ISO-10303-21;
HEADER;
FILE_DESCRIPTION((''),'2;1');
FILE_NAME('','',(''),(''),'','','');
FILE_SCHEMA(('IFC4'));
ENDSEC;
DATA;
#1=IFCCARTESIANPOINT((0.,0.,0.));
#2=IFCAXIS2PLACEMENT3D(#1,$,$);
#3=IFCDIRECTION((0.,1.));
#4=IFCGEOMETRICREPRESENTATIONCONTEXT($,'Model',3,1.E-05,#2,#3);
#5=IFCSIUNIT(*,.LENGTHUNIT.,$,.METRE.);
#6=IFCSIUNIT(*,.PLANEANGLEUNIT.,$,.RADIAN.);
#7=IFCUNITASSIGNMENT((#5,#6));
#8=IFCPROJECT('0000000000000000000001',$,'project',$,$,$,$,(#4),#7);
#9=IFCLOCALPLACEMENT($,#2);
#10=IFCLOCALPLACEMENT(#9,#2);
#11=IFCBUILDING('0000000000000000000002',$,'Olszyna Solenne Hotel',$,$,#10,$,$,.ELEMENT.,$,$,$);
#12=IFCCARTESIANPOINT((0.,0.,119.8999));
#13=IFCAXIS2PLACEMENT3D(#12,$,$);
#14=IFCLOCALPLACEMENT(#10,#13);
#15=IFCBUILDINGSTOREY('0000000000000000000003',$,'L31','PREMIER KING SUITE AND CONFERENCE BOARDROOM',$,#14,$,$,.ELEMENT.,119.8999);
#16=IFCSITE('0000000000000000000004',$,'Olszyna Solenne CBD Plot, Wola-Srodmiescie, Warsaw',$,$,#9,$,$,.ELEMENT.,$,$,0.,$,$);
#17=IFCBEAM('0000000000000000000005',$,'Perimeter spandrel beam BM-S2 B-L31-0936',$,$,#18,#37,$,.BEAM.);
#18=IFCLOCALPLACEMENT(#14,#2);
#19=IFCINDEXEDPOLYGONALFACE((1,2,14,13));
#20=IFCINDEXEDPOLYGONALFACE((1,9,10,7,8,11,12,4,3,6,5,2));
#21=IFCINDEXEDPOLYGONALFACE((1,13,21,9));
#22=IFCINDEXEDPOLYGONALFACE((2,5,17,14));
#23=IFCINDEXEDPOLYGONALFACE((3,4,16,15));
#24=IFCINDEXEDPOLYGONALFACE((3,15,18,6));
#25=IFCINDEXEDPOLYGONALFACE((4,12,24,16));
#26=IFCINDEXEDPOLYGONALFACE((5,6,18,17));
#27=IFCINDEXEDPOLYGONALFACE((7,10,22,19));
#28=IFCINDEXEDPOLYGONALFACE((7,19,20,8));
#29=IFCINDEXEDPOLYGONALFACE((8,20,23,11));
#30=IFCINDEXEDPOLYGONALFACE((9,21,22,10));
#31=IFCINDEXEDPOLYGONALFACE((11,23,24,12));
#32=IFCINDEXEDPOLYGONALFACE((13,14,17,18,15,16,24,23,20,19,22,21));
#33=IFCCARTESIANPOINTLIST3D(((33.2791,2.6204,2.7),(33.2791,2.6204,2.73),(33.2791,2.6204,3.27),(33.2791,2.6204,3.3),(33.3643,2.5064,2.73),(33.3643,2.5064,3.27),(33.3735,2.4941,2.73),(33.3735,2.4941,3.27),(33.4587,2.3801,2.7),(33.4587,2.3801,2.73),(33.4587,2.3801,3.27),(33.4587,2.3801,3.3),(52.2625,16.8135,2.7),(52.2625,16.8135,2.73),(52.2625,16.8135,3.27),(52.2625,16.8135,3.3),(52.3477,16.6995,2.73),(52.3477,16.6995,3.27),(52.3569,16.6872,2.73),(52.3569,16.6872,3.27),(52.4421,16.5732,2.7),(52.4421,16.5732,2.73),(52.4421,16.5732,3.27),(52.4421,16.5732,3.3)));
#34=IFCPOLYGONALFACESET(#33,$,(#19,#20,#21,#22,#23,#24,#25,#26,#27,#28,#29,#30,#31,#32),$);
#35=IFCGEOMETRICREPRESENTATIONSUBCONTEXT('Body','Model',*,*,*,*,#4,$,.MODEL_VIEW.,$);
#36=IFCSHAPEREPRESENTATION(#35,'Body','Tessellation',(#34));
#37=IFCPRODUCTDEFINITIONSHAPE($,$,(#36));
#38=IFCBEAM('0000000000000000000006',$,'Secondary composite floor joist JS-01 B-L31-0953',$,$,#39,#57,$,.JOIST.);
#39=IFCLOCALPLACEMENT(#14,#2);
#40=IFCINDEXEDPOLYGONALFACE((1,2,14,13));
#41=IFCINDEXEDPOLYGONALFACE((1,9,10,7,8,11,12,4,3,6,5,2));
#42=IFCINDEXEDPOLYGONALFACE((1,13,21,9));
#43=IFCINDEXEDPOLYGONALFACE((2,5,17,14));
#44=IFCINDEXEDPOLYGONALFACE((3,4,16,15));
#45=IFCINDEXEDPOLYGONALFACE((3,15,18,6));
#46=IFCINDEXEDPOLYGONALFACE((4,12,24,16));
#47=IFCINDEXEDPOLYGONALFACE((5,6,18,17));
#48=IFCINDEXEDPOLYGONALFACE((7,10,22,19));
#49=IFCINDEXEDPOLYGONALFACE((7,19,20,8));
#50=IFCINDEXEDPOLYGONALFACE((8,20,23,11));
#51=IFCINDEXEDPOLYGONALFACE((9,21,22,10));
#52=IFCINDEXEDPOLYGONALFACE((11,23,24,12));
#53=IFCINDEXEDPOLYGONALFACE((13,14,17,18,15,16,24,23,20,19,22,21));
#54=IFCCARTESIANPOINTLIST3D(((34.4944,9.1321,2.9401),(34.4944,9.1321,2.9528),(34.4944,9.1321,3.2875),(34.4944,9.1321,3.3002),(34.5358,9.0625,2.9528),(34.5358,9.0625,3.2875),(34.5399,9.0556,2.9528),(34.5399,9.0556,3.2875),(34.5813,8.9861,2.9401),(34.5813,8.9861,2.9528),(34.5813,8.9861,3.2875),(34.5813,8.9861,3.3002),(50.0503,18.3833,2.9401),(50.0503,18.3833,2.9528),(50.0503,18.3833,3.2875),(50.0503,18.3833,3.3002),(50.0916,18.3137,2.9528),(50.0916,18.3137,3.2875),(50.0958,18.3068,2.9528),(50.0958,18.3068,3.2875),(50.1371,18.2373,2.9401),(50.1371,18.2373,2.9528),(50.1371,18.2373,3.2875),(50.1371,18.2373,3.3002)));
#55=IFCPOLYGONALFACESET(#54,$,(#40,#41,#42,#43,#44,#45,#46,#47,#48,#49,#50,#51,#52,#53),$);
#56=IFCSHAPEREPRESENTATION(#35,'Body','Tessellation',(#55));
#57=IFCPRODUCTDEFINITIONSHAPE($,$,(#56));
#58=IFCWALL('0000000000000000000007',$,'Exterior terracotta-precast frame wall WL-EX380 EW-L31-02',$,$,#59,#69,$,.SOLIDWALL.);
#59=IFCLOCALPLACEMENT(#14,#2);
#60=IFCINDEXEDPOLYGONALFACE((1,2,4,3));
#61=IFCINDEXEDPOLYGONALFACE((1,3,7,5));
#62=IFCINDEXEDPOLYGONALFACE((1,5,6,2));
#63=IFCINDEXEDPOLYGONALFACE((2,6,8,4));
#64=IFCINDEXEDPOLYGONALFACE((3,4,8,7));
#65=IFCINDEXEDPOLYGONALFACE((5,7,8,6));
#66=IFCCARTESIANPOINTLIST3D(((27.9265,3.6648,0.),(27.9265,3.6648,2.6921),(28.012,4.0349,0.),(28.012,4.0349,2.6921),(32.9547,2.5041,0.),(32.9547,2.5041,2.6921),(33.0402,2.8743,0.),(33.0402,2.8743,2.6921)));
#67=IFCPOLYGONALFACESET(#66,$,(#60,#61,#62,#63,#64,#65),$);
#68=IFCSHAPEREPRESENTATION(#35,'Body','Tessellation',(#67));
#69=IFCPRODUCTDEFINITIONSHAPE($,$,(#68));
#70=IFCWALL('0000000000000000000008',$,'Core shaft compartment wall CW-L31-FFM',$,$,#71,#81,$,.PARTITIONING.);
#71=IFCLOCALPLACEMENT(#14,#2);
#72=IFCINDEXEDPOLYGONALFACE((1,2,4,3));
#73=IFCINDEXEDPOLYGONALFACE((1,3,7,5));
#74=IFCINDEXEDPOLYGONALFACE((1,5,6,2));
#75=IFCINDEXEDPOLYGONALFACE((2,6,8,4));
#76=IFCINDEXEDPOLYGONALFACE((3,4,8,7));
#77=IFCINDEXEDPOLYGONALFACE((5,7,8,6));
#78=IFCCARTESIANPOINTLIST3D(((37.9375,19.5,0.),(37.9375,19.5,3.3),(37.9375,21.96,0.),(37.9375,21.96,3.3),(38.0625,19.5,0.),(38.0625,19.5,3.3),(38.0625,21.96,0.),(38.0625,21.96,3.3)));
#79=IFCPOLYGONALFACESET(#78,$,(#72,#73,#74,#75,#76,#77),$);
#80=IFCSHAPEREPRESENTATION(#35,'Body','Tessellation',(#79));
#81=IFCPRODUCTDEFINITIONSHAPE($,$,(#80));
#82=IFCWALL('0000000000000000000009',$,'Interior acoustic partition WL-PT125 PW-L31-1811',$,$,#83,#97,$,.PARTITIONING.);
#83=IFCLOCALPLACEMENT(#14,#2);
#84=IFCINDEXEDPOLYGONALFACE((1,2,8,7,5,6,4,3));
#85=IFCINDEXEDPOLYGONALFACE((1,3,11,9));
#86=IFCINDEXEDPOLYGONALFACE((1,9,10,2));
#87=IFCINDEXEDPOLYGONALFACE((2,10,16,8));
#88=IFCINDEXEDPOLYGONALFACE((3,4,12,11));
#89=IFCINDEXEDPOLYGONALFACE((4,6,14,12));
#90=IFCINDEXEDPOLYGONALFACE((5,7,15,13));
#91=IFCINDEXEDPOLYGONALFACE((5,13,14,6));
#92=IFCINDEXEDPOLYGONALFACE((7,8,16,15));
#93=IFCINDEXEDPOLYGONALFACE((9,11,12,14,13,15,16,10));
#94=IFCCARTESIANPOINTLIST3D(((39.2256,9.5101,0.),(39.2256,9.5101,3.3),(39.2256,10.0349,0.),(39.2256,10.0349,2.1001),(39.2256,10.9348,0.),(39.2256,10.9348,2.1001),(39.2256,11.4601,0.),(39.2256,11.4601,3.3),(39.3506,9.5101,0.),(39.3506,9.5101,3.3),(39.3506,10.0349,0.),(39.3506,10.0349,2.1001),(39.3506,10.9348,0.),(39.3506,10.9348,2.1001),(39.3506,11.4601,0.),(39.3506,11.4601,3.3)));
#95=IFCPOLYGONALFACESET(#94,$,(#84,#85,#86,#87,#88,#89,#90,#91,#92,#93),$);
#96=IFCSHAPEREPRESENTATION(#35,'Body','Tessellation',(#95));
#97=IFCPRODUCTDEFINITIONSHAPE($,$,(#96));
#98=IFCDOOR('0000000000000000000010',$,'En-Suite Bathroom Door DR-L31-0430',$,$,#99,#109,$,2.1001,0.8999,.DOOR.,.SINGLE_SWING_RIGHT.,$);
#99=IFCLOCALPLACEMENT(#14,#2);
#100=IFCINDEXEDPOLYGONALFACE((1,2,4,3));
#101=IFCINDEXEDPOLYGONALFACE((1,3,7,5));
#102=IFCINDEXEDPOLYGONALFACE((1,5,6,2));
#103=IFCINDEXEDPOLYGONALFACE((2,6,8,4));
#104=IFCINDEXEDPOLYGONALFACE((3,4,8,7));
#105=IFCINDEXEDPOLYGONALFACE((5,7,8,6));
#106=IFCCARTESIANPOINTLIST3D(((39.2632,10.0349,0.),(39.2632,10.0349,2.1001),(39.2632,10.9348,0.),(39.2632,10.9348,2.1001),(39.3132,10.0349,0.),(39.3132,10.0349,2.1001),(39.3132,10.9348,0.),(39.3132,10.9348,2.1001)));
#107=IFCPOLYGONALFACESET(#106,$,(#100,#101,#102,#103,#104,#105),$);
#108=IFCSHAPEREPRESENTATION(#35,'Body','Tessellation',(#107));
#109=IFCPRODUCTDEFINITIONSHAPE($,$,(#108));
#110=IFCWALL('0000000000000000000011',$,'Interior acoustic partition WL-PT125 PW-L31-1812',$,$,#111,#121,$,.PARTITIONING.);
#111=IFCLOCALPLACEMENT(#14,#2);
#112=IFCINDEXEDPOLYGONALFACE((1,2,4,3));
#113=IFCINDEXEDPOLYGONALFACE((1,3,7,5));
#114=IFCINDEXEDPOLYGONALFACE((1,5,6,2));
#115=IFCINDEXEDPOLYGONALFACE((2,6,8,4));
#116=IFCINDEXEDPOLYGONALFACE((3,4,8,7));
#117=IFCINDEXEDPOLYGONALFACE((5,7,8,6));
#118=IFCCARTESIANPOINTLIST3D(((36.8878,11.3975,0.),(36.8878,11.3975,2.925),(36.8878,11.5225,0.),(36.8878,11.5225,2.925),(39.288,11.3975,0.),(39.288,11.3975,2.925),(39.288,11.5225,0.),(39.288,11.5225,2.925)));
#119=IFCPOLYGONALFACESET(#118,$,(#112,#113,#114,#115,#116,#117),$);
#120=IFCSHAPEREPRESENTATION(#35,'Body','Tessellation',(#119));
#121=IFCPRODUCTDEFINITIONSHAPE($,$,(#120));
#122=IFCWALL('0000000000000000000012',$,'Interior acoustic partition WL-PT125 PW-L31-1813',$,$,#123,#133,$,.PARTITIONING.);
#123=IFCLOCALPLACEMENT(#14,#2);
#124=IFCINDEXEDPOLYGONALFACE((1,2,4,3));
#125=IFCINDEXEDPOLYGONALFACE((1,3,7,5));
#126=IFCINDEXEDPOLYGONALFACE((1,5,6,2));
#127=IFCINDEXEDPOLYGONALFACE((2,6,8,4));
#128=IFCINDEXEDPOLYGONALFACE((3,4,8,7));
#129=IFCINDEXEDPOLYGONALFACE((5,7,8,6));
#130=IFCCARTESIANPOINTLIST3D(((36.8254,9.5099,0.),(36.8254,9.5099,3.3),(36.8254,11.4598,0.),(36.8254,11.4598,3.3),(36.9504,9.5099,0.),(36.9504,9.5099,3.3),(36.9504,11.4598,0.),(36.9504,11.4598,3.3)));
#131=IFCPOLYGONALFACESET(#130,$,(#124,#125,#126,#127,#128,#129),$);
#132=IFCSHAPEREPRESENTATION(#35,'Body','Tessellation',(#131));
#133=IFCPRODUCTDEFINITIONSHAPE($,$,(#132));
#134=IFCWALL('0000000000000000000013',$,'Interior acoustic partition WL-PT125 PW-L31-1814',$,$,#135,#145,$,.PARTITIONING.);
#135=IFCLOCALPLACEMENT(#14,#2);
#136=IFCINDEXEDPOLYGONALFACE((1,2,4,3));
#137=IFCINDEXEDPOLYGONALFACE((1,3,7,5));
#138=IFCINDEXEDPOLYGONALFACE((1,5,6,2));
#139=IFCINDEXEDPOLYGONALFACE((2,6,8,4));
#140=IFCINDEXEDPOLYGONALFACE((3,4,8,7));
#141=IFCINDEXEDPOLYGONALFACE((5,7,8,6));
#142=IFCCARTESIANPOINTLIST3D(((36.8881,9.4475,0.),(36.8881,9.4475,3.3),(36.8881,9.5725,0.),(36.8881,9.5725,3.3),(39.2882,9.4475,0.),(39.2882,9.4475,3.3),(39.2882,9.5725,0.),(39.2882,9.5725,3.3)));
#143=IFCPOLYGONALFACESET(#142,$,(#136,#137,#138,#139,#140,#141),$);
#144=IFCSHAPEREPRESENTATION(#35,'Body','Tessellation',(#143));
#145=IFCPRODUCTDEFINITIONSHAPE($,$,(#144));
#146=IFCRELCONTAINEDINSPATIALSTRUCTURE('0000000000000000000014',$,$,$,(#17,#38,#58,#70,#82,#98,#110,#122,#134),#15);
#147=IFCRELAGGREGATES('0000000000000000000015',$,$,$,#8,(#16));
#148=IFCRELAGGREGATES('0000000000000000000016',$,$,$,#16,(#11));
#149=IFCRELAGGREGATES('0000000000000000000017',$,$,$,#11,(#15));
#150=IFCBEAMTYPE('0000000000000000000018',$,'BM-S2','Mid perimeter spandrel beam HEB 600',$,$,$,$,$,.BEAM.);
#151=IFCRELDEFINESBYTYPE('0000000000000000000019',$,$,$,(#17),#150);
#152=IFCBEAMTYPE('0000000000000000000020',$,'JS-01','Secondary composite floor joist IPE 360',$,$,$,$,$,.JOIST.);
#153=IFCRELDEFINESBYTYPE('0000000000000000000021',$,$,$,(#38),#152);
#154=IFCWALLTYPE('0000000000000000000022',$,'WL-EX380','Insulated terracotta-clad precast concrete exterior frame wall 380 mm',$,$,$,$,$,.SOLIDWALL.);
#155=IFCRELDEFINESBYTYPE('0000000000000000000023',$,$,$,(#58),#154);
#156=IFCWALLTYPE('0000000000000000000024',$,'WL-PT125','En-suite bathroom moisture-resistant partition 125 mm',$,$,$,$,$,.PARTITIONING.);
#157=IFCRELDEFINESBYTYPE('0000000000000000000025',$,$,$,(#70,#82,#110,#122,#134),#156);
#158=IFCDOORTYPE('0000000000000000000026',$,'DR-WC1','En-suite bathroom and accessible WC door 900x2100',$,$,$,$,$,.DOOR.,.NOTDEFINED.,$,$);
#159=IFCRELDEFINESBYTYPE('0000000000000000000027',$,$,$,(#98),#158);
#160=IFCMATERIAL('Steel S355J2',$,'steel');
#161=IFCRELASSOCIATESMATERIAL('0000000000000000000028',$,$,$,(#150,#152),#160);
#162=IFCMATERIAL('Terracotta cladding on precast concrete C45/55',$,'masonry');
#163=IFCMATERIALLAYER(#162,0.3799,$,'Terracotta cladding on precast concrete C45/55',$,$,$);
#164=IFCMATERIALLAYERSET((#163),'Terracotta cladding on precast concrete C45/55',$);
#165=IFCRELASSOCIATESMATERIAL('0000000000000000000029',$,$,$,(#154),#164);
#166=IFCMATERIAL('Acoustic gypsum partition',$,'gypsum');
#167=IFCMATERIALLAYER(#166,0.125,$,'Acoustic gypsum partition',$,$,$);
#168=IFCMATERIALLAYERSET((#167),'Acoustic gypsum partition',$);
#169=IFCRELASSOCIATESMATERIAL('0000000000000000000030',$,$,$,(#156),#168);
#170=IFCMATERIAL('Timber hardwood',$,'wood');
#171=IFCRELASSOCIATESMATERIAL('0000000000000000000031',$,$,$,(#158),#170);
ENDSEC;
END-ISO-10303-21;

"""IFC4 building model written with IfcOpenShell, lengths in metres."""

from ifc_helpers import new_model, si_unit, direction, frame, frame_2d, origin, origin_2d, place, context, subcontext, project, spatial, rectangle, i_section, extrude, source, transform, mapped, material, layer, layer_set, material_profile, profile_set, type_object, type_shapes, element, fill, save


model = new_model("IFC4")

# Units and contexts
model_context = context("Model", 3, precision=1e-05, world=origin(), true_north=direction((0.0, 1.0)))
body_context = subcontext(model_context, "Body", "Model", "MODEL_VIEW")
ifc_project = project(units=[si_unit("LENGTHUNIT", "METRE"), si_unit("PLANEANGLEUNIT", "RADIAN")], contexts=[model_context])

# Site, building, storey
site_placement = place(None, origin())
site = spatial("IfcSite", under=ifc_project, at=site_placement, Name="Olszyna Solenne CBD Plot, Wola-Srodmiescie, Warsaw", CompositionType="ELEMENT", RefElevation=0.0)
building_placement = place(site_placement, origin())
building = spatial("IfcBuilding", under=site, at=building_placement, Name="Olszyna Solenne Hotel", CompositionType="ELEMENT")
storey_placement = place(building_placement, frame((0.0, 0.0, 119.8999)))
storey = spatial("IfcBuildingStorey", under=building, at=storey_placement, Name="L31", Description="PREMIER KING SUITE AND CONFERENCE BOARDROOM", CompositionType="ELEMENT", Elevation=119.8999)

# Beams
ifc_material_1 = material(Name="Steel S355J2", Category="steel")
ifc_material_profile_1 = material_profile(ifc_material_1, i_section(OverallWidth=0.3, OverallDepth=0.6001, WebThickness=0.0154, FlangeThickness=0.03, at=origin_2d()), Name="HEB 600", Category="load-bearing")
ifc_profile_set_1 = profile_set([ifc_material_profile_1], Name="Steel S355J2")
beam_type_1 = type_object("IfcBeamType", Name="BM-S2", Description="Mid perimeter spandrel beam HEB 600", PredefinedType="BEAM", material=ifc_profile_set_1)
shared_shape_1 = source(origin(), body_context, "Body", "SweptSolid", [
    extrude(i_section(OverallWidth=0.3, OverallDepth=0.6001, WebThickness=0.0154, FlangeThickness=0.03, at=origin_2d()), origin(), (0.0, 0.0, 1.0), 23.7026),
])
beam_1_placement = place(storey_placement, frame((33.3689, 2.5002, 3.0), z_axis=(0.800899, 0.5988, 0.0), x_axis=(-0.5988, 0.800899, 0.0)))
element("IfcBeam", 1, at=beam_1_placement, inside=storey, type_object=beam_type_1, Name="Perimeter spandrel beam BM-S2 B-L31-0936", PredefinedType="BEAM", context=body_context, shape_type="MappedRepresentation", body=[
    mapped(shared_shape_1, transform((0.0, 0.0, 0.0), x_axis=(1.0, 0.0, 0.0), y_axis=(0.0, 1.0, 0.0), z_axis=(0.0, 0.0, 1.0), scale=1.0)),
])
ifc_material_profile_2 = material_profile(ifc_material_1, i_section(OverallWidth=0.1699, OverallDepth=0.3601, WebThickness=0.0081, FlangeThickness=0.0127, at=origin_2d()), Name="IPE 360", Category="load-bearing")
ifc_profile_set_2 = profile_set([ifc_material_profile_2], Name="Steel S355J2")
beam_type_2 = type_object("IfcBeamType", Name="JS-01", Description="Secondary composite floor joist IPE 360", PredefinedType="JOIST", material=ifc_profile_set_2)
shared_shape_2 = source(origin(), body_context, "Body", "SweptSolid", [
    extrude(i_section(OverallWidth=0.1699, OverallDepth=0.3601, WebThickness=0.0081, FlangeThickness=0.0127, at=origin_2d()), origin(), (0.0, 0.0, 1.0), 18.0989),
])
beam_2_placement = place(storey_placement, frame((34.5378, 9.0591, 3.1201), z_axis=(0.859493, 0.511147, 0.0), x_axis=(-0.511147, 0.859493, 0.0)))
element("IfcBeam", 2, at=beam_2_placement, inside=storey, type_object=beam_type_2, Name="Secondary composite floor joist JS-01 B-L31-0953", PredefinedType="JOIST", context=body_context, shape_type="MappedRepresentation", body=[
    mapped(shared_shape_2, transform((0.0, 0.0, 0.0), x_axis=(1.0, 0.0, 0.0), y_axis=(0.0, 1.0, 0.0), z_axis=(0.0, 0.0, 1.0), scale=1.0)),
])

# Walls
ifc_material_2 = material(Name="Terracotta cladding on precast concrete C45/55", Category="masonry")
ifc_layer_1 = layer(ifc_material_2, 0.3799, Name="Terracotta cladding on precast concrete C45/55")
ifc_layer_set_1 = layer_set([ifc_layer_1], Name="Terracotta cladding on precast concrete C45/55")
wall_type_1 = type_object("IfcWallType", Name="WL-EX380", Description="Insulated terracotta-clad precast concrete exterior frame wall 380 mm", PredefinedType="SOLIDWALL", material=ifc_layer_set_1)
wall_1_placement = place(storey_placement, frame((32.9973, 2.6892, 0.0), z_axis=(0.0, 0.0, 1.0), x_axis=(-0.974378, 0.224918, 0.0)))
element("IfcWall", 3, at=wall_1_placement, inside=storey, type_object=wall_type_1, Name="Exterior terracotta-precast frame wall WL-EX380 EW-L31-02", PredefinedType="SOLIDWALL", context=body_context, shape_type="SweptSolid", body=[
    extrude(rectangle(XDim=5.1604, YDim=0.3799, at=frame_2d((2.5801, 0.0))), origin(), (0.0, 0.0, 1.0), 2.6921),
])
ifc_material_3 = material(Name="Acoustic gypsum partition", Category="gypsum")
ifc_layer_2 = layer(ifc_material_3, 0.125, Name="Acoustic gypsum partition")
ifc_layer_set_2 = layer_set([ifc_layer_2], Name="Acoustic gypsum partition")
wall_type_2 = type_object("IfcWallType", Name="WL-PT125", Description="En-suite bathroom moisture-resistant partition 125 mm", PredefinedType="PARTITIONING", material=ifc_layer_set_2)
wall_2_placement = place(storey_placement, frame((38.0, 19.5, 0.0), z_axis=(0.0, 0.0, 1.0), x_axis=(0.0, 1.0, 0.0)))
element("IfcWall", 4, at=wall_2_placement, inside=storey, type_object=wall_type_2, Name="Core shaft compartment wall CW-L31-FFM", PredefinedType="PARTITIONING", context=body_context, shape_type="SweptSolid", body=[
    extrude(rectangle(XDim=2.46, YDim=0.125, at=frame_2d((1.23, 0.0))), origin(), (0.0, 0.0, 1.0), 3.3),
])

# Wall, opening, door
wall_3_placement = place(storey_placement, frame((39.2881, 9.51, 0.0), z_axis=(0.0, 0.0, 1.0), x_axis=(0.0, 1.0, 0.0)))
wall_3 = element("IfcWall", 5, at=wall_3_placement, inside=storey, type_object=wall_type_2, Name="Interior acoustic partition WL-PT125 PW-L31-1811", PredefinedType="PARTITIONING", context=body_context, shape_type="SweptSolid", body=[
    extrude(rectangle(XDim=1.95, YDim=0.125, at=frame_2d((0.9751, 0.0))), origin(), (0.0, 0.0, 1.0), 3.3),
])
opening_1_placement = place(wall_3_placement, frame((0.5249, 0.0, 0.0)))
opening_1 = element("IfcOpeningElement", 6, at=opening_1_placement, cuts=wall_3, PredefinedType="OPENING", context=body_context, shape_type="SweptSolid", body=[
    extrude(rectangle(XDim=0.8999, YDim=2.1001, at=frame_2d((0.45, 1.05))), frame((0.0, 0.0725, 0.0), z_axis=(0.0, -1.0, 0.0), x_axis=(1.0, 0.0, 0.0)), (0.0, 0.0, 1.0), 0.145),
])
ifc_material_4 = material(Name="Timber hardwood", Category="wood")
door_type_1 = type_object("IfcDoorType", Name="DR-WC1", Description="En-suite bathroom and accessible WC door 900x2100", OperationType="NOTDEFINED", PredefinedType="DOOR", material=ifc_material_4)
shared_shape_3 = source(origin(), body_context, "Body", "SweptSolid", [
    extrude(rectangle(XDim=0.8999, YDim=2.1001, at=frame_2d((0.45, 1.05))), frame((0.0, 0.0249, 0.0), z_axis=(0.0, -1.0, 0.0), x_axis=(1.0, 0.0, 0.0)), (0.0, 0.0, 1.0), 0.05),
])
type_shapes(door_type_1, [shared_shape_3])
door_1_placement = place(opening_1_placement, origin())
door_1 = element("IfcDoor", 7, at=door_1_placement, inside=storey, type_object=door_type_1, Name="En-Suite Bathroom Door DR-L31-0430", OperationType="SINGLE_SWING_RIGHT", OverallHeight=2.1001, OverallWidth=0.8999, PredefinedType="DOOR", context=body_context, shape_type="MappedRepresentation", body=[
    mapped(shared_shape_3, transform((0.0, 0.0, 0.0), x_axis=(1.0, 0.0, 0.0), y_axis=(0.0, 1.0, 0.0), z_axis=(0.0, 0.0, 1.0), scale=1.0)),
])
fill(opening_1, door_1)

# Walls
wall_4_placement = place(storey_placement, frame((39.2881, 11.46, 0.0), z_axis=(0.0, 0.0, 1.0), x_axis=(-1.0, 0.0, 0.0)))
element("IfcWall", 8, at=wall_4_placement, inside=storey, type_object=wall_type_2, Name="Interior acoustic partition WL-PT125 PW-L31-1812", PredefinedType="PARTITIONING", context=body_context, shape_type="SweptSolid", body=[
    extrude(rectangle(XDim=2.4001, YDim=0.125, at=frame_2d((1.2002, 0.0))), origin(), (0.0, 0.0, 1.0), 2.925),
])
wall_5_placement = place(storey_placement, frame((36.8879, 11.46, 0.0), z_axis=(0.0, 0.0, 1.0), x_axis=(0.0, -1.0, 0.0)))
element("IfcWall", 9, at=wall_5_placement, inside=storey, type_object=wall_type_2, Name="Interior acoustic partition WL-PT125 PW-L31-1813", PredefinedType="PARTITIONING", context=body_context, shape_type="SweptSolid", body=[
    extrude(rectangle(XDim=1.95, YDim=0.125, at=frame_2d((0.9751, 0.0))), origin(), (0.0, 0.0, 1.0), 3.3),
])
wall_6_placement = place(storey_placement, frame((36.8879, 9.51, 0.0), z_axis=(0.0, 0.0, 1.0), x_axis=(1.0, 0.0, 0.0)))
element("IfcWall", 10, at=wall_6_placement, inside=storey, type_object=wall_type_2, Name="Interior acoustic partition WL-PT125 PW-L31-1814", PredefinedType="PARTITIONING", context=body_context, shape_type="SweptSolid", body=[
    extrude(rectangle(XDim=2.4001, YDim=0.125, at=frame_2d((1.2002, 0.0))), origin(), (0.0, 0.0, 1.0), 3.3),
])

save(model, "model.ifc")
